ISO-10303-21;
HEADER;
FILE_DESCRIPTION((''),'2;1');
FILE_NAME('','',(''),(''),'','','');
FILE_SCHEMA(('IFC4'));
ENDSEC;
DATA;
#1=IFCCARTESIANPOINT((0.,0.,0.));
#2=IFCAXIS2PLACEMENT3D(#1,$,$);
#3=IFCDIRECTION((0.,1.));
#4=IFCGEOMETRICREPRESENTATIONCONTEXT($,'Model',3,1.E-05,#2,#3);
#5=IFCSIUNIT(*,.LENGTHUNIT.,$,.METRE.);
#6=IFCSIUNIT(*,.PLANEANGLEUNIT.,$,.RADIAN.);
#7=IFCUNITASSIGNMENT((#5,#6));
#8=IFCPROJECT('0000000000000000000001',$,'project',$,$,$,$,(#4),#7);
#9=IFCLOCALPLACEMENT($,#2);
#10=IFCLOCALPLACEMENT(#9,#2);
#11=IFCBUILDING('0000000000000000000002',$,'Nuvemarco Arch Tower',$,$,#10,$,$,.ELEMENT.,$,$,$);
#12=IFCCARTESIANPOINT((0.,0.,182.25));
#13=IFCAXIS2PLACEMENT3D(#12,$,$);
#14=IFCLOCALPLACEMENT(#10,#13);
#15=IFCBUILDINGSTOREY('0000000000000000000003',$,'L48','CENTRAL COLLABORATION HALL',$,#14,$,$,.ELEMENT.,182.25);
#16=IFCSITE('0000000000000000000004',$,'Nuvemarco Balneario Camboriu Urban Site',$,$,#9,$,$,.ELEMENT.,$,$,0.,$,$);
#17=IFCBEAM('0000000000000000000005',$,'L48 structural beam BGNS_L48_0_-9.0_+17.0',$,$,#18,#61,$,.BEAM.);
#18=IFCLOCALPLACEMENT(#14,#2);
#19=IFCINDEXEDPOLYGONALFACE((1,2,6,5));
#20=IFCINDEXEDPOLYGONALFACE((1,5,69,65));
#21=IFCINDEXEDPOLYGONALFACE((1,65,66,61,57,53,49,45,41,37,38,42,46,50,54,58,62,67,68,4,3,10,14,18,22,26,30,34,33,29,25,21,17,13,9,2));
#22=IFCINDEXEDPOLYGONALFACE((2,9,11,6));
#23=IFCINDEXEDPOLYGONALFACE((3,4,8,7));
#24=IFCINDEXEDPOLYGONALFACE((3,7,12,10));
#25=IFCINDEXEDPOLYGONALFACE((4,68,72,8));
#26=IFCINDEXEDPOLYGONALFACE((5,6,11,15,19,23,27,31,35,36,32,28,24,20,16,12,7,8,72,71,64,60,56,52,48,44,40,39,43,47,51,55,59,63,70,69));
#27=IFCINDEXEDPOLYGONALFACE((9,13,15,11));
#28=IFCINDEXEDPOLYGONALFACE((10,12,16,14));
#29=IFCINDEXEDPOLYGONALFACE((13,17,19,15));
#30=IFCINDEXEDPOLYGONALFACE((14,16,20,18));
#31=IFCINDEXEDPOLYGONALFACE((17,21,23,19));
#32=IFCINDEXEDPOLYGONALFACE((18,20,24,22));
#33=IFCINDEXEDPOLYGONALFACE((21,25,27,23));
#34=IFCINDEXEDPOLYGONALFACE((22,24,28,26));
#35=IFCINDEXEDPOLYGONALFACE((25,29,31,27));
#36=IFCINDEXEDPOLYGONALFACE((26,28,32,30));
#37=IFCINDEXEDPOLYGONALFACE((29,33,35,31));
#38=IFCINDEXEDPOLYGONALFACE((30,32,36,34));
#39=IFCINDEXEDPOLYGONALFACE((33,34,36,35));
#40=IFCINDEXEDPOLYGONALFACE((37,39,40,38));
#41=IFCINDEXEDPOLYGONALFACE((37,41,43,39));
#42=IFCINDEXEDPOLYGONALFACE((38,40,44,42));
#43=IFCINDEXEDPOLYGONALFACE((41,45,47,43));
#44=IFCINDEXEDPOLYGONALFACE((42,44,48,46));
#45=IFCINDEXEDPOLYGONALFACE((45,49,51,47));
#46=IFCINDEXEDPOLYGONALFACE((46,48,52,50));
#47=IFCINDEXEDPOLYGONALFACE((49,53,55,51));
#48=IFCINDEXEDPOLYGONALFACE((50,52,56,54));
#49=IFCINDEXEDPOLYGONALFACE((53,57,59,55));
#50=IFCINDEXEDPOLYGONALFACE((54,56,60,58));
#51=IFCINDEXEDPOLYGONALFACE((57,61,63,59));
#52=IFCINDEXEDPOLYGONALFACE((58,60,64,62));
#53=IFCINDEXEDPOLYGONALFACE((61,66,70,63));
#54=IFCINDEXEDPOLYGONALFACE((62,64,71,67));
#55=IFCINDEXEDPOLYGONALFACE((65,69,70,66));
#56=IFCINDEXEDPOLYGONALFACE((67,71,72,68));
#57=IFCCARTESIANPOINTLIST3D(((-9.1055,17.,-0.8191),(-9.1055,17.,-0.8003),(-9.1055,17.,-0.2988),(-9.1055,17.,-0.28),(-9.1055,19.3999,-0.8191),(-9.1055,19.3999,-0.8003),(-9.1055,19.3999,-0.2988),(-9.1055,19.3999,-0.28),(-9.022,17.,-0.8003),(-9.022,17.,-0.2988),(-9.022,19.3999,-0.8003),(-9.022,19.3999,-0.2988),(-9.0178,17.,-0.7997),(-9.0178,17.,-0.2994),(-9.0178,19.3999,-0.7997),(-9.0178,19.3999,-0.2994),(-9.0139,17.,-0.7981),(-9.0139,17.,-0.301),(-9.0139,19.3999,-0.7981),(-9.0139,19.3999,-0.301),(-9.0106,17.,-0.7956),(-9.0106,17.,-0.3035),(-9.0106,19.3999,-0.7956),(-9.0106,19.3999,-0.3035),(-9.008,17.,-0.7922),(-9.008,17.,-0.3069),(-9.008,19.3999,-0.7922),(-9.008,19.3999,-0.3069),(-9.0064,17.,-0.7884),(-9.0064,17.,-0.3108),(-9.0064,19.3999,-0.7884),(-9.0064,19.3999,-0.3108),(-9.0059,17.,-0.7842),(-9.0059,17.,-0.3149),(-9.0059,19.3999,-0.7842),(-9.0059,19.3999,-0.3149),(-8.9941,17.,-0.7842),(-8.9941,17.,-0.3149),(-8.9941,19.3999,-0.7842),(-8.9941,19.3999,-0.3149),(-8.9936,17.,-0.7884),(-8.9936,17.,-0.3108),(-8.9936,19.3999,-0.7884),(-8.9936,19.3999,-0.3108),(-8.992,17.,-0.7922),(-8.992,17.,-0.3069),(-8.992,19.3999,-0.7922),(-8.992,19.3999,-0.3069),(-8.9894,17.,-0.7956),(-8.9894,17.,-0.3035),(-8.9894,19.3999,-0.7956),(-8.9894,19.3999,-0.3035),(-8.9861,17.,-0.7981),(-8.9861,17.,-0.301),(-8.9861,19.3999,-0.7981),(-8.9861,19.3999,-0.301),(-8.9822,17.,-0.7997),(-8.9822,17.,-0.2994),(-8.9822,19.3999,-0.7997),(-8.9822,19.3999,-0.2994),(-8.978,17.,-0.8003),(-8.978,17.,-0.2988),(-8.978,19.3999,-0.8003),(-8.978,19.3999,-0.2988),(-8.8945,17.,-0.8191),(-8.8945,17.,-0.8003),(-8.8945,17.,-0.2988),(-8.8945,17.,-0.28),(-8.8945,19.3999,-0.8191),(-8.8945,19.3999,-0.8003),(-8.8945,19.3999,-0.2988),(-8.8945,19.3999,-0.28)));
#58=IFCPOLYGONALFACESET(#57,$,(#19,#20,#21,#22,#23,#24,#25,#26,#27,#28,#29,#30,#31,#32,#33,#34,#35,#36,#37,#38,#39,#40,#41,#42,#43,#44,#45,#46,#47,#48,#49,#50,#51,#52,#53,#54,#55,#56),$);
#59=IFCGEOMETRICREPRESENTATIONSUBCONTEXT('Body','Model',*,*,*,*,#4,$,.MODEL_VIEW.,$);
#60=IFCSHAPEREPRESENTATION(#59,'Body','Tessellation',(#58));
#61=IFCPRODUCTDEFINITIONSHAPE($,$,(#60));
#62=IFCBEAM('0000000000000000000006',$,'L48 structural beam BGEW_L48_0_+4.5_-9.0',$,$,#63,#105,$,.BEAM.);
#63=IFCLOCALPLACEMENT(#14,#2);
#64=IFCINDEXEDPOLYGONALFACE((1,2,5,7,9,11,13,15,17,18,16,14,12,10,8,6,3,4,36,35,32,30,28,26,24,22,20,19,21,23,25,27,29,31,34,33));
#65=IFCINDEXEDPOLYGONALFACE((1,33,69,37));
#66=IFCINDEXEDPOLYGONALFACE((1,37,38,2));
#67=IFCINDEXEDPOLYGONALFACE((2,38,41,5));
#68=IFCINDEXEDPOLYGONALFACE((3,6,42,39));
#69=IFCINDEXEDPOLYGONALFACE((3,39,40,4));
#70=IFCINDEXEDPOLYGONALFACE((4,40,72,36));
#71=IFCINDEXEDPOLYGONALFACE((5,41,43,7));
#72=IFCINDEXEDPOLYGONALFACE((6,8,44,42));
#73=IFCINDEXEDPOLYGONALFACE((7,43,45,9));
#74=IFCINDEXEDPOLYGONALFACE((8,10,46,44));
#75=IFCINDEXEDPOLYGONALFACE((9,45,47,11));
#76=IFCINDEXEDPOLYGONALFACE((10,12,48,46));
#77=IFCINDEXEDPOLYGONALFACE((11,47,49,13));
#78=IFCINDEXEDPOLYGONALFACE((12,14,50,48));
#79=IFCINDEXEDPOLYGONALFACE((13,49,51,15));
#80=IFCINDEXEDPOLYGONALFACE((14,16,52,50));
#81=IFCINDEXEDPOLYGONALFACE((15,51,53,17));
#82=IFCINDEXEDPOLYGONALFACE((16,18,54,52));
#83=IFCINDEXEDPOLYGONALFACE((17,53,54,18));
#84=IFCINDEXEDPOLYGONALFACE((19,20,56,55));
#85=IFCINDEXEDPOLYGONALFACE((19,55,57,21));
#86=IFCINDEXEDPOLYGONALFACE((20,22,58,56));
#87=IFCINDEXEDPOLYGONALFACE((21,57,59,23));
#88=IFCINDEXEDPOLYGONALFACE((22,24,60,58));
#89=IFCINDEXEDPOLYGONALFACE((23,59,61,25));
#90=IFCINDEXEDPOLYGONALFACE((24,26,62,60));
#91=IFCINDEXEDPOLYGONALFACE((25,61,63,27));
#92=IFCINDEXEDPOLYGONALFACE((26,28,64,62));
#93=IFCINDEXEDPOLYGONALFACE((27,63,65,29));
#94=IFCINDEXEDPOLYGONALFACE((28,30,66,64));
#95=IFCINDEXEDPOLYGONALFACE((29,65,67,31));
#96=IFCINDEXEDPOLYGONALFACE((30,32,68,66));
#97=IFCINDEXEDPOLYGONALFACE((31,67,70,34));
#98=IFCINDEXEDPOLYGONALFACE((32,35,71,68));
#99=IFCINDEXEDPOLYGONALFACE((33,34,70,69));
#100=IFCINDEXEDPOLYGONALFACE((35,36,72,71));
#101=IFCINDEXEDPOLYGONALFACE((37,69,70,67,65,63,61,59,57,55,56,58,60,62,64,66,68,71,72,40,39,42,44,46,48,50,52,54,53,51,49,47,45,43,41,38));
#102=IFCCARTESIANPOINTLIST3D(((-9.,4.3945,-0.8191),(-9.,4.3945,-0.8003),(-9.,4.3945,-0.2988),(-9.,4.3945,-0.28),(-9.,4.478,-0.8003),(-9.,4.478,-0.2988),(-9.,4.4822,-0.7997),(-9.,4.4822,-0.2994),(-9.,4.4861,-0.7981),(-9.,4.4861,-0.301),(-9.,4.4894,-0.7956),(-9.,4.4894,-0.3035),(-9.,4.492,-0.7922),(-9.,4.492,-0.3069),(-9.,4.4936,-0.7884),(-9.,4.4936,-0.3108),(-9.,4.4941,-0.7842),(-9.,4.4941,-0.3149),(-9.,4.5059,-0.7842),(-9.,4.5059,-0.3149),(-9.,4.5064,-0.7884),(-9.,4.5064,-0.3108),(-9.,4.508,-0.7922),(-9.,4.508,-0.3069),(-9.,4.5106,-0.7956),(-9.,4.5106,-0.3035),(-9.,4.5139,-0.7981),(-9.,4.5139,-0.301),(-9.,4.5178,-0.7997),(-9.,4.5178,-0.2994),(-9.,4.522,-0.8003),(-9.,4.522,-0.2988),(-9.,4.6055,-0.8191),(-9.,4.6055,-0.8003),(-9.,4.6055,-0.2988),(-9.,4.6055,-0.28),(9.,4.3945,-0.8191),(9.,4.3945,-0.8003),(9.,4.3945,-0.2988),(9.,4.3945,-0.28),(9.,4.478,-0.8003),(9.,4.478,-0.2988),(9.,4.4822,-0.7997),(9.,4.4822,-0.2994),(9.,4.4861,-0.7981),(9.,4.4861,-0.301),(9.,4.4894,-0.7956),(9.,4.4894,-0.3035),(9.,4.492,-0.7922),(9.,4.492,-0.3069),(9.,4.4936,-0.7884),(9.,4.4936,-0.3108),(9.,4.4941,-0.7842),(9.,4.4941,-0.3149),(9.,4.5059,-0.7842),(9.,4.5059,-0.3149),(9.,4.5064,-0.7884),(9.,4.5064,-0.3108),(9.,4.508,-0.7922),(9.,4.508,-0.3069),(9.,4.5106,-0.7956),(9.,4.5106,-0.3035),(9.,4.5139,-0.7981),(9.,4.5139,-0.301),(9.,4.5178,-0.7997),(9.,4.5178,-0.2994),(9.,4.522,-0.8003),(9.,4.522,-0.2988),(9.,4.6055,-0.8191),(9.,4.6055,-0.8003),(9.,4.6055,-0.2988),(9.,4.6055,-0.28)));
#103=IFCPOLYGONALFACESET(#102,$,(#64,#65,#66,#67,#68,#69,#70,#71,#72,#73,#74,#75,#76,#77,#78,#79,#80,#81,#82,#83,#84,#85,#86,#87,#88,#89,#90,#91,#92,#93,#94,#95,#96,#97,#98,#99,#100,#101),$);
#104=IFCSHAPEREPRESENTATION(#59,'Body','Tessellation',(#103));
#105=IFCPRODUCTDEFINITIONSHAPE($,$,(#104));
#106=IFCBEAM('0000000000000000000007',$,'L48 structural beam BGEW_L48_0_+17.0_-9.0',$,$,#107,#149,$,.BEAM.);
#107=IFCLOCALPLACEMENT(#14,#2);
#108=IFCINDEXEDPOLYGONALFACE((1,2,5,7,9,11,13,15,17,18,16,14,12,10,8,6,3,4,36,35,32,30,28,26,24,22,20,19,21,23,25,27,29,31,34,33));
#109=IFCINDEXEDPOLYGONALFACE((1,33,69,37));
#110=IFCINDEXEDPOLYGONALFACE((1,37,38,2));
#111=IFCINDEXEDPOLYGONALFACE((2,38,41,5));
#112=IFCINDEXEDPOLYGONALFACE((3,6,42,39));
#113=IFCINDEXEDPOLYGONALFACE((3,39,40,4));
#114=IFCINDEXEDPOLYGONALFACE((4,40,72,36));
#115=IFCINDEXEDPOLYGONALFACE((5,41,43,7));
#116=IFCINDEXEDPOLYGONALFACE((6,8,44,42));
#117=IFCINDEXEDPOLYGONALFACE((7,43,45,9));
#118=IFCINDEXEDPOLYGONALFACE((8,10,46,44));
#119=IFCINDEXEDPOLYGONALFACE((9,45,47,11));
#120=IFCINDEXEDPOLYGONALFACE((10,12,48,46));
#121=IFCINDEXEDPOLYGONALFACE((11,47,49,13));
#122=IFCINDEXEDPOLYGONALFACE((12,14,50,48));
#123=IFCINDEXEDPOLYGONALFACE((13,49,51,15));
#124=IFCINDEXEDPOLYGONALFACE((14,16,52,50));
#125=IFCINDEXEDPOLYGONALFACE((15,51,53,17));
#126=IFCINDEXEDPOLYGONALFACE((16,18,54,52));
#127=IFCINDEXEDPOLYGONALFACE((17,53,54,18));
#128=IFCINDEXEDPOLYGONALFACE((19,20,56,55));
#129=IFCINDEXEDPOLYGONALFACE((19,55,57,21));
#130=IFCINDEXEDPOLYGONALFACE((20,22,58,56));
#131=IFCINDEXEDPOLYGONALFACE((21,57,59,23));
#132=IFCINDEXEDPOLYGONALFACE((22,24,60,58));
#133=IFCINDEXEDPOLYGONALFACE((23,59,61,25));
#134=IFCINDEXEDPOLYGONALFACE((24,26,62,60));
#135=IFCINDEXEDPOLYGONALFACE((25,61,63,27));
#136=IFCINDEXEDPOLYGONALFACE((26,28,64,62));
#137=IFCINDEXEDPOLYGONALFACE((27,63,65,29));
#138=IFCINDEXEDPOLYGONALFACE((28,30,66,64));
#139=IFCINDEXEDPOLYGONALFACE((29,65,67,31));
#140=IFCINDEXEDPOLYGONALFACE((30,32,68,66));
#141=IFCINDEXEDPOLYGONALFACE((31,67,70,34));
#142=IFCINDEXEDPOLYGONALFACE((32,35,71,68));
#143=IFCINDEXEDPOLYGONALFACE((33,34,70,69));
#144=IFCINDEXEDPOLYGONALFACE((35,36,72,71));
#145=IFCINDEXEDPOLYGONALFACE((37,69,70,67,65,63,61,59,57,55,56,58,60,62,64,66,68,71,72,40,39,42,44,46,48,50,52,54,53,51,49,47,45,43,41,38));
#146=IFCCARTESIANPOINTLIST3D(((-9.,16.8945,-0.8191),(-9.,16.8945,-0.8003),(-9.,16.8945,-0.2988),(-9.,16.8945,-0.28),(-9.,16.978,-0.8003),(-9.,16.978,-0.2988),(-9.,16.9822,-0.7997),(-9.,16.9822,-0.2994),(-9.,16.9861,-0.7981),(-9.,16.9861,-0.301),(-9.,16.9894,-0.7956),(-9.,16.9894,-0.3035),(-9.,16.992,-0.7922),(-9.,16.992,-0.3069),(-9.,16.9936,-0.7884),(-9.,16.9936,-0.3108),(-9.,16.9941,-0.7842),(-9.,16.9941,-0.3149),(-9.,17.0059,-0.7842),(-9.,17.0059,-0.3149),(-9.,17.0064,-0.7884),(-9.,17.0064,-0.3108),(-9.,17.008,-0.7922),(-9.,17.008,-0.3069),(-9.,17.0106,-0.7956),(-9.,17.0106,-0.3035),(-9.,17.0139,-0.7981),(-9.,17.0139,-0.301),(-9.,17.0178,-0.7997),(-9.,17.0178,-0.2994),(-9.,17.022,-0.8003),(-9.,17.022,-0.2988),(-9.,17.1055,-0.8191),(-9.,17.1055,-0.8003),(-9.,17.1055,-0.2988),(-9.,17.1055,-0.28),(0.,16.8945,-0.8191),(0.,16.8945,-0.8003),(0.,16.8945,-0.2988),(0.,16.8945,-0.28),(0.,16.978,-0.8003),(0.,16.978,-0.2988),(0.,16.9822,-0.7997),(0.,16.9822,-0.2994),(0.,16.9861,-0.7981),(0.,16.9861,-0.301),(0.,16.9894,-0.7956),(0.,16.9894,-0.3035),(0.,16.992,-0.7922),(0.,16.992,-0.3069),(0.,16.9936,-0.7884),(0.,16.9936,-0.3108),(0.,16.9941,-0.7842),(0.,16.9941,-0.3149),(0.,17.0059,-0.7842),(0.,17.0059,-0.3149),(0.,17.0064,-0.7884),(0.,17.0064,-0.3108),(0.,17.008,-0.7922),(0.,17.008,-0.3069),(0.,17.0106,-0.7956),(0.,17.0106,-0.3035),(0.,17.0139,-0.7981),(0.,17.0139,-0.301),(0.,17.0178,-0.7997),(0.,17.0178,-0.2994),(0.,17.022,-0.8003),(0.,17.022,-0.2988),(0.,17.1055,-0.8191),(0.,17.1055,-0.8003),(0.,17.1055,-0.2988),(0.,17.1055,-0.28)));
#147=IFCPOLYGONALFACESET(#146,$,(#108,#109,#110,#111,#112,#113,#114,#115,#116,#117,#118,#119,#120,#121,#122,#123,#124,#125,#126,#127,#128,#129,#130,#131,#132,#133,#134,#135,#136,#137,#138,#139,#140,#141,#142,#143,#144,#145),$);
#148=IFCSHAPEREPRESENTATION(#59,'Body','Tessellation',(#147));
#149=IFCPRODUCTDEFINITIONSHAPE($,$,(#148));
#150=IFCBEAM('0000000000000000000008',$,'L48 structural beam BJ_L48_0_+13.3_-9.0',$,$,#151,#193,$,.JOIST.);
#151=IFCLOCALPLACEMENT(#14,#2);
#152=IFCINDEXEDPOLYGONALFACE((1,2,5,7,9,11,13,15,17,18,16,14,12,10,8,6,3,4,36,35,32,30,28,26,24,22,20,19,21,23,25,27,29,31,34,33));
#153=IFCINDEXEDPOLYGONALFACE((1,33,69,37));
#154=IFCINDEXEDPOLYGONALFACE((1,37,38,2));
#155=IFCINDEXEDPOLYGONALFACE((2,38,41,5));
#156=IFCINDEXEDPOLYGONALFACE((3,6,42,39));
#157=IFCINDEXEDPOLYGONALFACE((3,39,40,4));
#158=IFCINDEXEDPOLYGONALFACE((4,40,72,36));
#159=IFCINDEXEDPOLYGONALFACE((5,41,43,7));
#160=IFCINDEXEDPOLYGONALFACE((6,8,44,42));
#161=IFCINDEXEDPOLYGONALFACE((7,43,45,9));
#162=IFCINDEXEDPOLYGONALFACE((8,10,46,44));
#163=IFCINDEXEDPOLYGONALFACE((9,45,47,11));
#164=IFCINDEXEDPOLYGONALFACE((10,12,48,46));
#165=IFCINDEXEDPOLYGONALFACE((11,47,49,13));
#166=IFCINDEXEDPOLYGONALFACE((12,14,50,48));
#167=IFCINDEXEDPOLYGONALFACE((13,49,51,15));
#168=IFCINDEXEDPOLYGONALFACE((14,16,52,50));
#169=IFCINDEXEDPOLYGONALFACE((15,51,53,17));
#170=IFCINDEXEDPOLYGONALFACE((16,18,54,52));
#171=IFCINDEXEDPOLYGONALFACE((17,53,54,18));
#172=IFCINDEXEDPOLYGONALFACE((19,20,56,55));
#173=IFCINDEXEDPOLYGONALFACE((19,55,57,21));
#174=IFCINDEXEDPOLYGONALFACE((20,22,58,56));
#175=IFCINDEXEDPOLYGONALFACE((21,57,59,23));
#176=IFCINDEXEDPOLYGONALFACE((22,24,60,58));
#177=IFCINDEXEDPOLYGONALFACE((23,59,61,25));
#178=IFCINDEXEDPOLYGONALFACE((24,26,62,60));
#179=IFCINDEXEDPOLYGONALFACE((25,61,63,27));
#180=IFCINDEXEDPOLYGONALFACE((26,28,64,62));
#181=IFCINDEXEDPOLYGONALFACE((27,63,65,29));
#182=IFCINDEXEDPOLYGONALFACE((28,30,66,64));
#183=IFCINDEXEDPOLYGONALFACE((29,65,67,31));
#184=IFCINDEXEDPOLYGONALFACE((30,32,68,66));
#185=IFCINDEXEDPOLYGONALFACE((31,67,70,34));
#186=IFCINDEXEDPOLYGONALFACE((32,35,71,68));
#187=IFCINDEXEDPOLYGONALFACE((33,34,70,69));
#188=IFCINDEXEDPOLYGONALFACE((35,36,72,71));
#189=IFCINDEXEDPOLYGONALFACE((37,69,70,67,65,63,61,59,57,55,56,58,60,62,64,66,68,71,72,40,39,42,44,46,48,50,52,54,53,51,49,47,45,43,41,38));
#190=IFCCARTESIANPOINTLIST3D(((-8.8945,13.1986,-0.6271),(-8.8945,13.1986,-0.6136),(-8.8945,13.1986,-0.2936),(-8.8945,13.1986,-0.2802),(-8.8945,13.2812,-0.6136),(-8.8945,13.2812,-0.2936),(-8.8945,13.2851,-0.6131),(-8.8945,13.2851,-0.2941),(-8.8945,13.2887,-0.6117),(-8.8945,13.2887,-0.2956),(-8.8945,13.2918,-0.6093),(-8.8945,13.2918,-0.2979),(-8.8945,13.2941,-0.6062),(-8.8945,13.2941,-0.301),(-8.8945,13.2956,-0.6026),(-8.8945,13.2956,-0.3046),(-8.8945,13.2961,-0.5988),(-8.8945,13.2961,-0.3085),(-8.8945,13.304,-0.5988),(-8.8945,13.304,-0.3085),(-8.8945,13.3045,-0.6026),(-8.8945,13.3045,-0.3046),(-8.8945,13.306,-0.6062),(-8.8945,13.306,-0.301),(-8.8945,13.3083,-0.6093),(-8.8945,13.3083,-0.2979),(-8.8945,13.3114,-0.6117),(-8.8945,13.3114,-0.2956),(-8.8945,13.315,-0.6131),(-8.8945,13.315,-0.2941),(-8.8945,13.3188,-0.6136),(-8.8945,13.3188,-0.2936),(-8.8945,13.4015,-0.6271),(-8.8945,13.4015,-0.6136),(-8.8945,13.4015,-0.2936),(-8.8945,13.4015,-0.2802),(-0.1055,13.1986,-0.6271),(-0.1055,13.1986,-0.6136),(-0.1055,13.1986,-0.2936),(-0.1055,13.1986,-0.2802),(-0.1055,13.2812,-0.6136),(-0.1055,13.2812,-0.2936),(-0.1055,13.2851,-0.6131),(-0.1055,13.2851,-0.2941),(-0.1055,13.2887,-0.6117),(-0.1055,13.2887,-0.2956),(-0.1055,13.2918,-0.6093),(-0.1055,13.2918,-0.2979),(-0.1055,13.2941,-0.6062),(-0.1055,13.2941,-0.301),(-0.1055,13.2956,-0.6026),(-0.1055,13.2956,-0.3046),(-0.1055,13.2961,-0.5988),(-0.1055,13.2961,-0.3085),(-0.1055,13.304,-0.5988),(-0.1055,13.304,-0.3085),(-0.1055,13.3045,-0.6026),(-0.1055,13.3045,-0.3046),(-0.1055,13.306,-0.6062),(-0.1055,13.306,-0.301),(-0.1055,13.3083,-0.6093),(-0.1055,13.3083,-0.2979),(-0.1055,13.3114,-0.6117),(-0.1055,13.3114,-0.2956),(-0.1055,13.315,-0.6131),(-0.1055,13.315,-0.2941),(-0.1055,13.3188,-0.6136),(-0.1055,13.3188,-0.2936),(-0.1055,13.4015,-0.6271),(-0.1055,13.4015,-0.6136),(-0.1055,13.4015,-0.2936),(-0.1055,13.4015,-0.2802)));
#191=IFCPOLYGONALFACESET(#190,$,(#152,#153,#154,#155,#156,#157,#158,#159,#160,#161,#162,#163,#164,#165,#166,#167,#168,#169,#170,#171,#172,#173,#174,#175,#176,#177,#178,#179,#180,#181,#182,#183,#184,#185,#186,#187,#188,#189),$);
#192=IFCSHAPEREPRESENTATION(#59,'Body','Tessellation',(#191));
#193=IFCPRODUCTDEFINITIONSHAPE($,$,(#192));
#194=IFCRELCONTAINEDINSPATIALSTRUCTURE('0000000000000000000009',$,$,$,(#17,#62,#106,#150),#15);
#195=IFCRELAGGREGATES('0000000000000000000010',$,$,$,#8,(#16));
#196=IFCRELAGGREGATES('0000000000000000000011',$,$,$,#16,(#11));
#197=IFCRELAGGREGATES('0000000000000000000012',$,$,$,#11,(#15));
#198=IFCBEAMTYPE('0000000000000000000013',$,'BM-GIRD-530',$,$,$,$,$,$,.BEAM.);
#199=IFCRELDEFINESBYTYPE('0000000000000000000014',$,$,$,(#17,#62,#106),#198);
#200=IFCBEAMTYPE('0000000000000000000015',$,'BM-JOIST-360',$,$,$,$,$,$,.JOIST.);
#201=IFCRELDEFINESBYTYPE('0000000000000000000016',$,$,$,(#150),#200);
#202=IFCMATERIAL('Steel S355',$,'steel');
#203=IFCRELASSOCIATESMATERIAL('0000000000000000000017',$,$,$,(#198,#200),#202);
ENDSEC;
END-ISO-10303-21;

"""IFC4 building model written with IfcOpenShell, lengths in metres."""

from ifc_helpers import new_model, si_unit, direction, frame, origin, origin_2d, place, context, subcontext, project, spatial, i_section, extrude, material, material_profile, profile_set, type_object, element, save


model = new_model("IFC4")

# Units and contexts
model_context = context("Model", 3, precision=1e-05, world=origin(), true_north=direction((0.0, 1.0)))
body_context = subcontext(model_context, "Body", "Model", "MODEL_VIEW")
ifc_project = project(units=[si_unit("LENGTHUNIT", "METRE"), si_unit("PLANEANGLEUNIT", "RADIAN")], contexts=[model_context])

# Site, building, storey
site_placement = place(None, origin())
site = spatial("IfcSite", under=ifc_project, at=site_placement, Name="Nuvemarco Balneario Camboriu Urban Site", CompositionType="ELEMENT", RefElevation=0.0)
building_placement = place(site_placement, origin())
building = spatial("IfcBuilding", under=site, at=building_placement, Name="Nuvemarco Arch Tower", CompositionType="ELEMENT")
storey_placement = place(building_placement, frame((0.0, 0.0, 182.25)))
storey = spatial("IfcBuildingStorey", under=building, at=storey_placement, Name="L48", Description="CENTRAL COLLABORATION HALL", CompositionType="ELEMENT", Elevation=182.25)

# Shared definitions
ifc_material_1 = material(Name="Steel S355", Category="steel")

# Beams
ifc_material_profile_1 = material_profile(ifc_material_1, i_section(OverallWidth=0.2109, OverallDepth=0.5391, WebThickness=0.0117, FlangeThickness=0.0188, FilletRadius=0.0161, at=origin_2d()), Name="W530x109")
ifc_profile_set_1 = profile_set([ifc_material_profile_1], Name="Steel S355")
beam_type_1 = type_object("IfcBeamType", Name="BM-GIRD-530", PredefinedType="BEAM", material=ifc_profile_set_1)
beam_1_placement = place(storey_placement, frame((-9.0, 17.0, -0.5496), z_axis=(0.0, 1.0, 0.0), x_axis=(-1.0, 0.0, 0.0)))
element("IfcBeam", 1, at=beam_1_placement, inside=storey, type_object=beam_type_1, Name="L48 structural beam BGNS_L48_0_-9.0_+17.0", PredefinedType="BEAM", context=body_context, shape_type="SweptSolid", body=[
    extrude(i_section(OverallWidth=0.2109, OverallDepth=0.5391, WebThickness=0.0117, FlangeThickness=0.0188, FilletRadius=0.0161, at=origin_2d()), origin(), (0.0, 0.0, 1.0), 2.3999),
])
beam_2_placement = place(storey_placement, frame((-9.0, 4.5, -0.5496), z_axis=(1.0, 0.0, 0.0), x_axis=(0.0, 1.0, 0.0)))
element("IfcBeam", 2, at=beam_2_placement, inside=storey, type_object=beam_type_1, Name="L48 structural beam BGEW_L48_0_+4.5_-9.0", PredefinedType="BEAM", context=body_context, shape_type="SweptSolid", body=[
    extrude(i_section(OverallWidth=0.2109, OverallDepth=0.5391, WebThickness=0.0117, FlangeThickness=0.0188, FilletRadius=0.0161, at=origin_2d()), origin(), (0.0, 0.0, 1.0), 18.0),
])
beam_3_placement = place(storey_placement, frame((-9.0, 17.0, -0.5496), z_axis=(1.0, 0.0, 0.0), x_axis=(0.0, 1.0, 0.0)))
element("IfcBeam", 3, at=beam_3_placement, inside=storey, type_object=beam_type_1, Name="L48 structural beam BGEW_L48_0_+17.0_-9.0", PredefinedType="BEAM", context=body_context, shape_type="SweptSolid", body=[
    extrude(i_section(OverallWidth=0.2109, OverallDepth=0.5391, WebThickness=0.0117, FlangeThickness=0.0188, FilletRadius=0.0161, at=origin_2d()), origin(), (0.0, 0.0, 1.0), 9.0),
])
ifc_material_profile_2 = material_profile(ifc_material_1, i_section(OverallWidth=0.2029, OverallDepth=0.3469, WebThickness=0.0078, FlangeThickness=0.0134, FilletRadius=0.0149, at=origin_2d()), Name="W360x64")
ifc_profile_set_2 = profile_set([ifc_material_profile_2], Name="Steel S355")
beam_type_2 = type_object("IfcBeamType", Name="BM-JOIST-360", PredefinedType="JOIST", material=ifc_profile_set_2)
beam_4_placement = place(storey_placement, frame((-8.8945, 13.3, -0.4536), z_axis=(1.0, 0.0, 0.0), x_axis=(0.0, 1.0, 0.0)))
element("IfcBeam", 4, at=beam_4_placement, inside=storey, type_object=beam_type_2, Name="L48 structural beam BJ_L48_0_+13.3_-9.0", PredefinedType="JOIST", context=body_context, shape_type="SweptSolid", body=[
    extrude(i_section(OverallWidth=0.2029, OverallDepth=0.3469, WebThickness=0.0078, FlangeThickness=0.0134, FilletRadius=0.0149, at=origin_2d()), origin(), (0.0, 0.0, 1.0), 8.7891),
])

save(model, "model.ifc")
